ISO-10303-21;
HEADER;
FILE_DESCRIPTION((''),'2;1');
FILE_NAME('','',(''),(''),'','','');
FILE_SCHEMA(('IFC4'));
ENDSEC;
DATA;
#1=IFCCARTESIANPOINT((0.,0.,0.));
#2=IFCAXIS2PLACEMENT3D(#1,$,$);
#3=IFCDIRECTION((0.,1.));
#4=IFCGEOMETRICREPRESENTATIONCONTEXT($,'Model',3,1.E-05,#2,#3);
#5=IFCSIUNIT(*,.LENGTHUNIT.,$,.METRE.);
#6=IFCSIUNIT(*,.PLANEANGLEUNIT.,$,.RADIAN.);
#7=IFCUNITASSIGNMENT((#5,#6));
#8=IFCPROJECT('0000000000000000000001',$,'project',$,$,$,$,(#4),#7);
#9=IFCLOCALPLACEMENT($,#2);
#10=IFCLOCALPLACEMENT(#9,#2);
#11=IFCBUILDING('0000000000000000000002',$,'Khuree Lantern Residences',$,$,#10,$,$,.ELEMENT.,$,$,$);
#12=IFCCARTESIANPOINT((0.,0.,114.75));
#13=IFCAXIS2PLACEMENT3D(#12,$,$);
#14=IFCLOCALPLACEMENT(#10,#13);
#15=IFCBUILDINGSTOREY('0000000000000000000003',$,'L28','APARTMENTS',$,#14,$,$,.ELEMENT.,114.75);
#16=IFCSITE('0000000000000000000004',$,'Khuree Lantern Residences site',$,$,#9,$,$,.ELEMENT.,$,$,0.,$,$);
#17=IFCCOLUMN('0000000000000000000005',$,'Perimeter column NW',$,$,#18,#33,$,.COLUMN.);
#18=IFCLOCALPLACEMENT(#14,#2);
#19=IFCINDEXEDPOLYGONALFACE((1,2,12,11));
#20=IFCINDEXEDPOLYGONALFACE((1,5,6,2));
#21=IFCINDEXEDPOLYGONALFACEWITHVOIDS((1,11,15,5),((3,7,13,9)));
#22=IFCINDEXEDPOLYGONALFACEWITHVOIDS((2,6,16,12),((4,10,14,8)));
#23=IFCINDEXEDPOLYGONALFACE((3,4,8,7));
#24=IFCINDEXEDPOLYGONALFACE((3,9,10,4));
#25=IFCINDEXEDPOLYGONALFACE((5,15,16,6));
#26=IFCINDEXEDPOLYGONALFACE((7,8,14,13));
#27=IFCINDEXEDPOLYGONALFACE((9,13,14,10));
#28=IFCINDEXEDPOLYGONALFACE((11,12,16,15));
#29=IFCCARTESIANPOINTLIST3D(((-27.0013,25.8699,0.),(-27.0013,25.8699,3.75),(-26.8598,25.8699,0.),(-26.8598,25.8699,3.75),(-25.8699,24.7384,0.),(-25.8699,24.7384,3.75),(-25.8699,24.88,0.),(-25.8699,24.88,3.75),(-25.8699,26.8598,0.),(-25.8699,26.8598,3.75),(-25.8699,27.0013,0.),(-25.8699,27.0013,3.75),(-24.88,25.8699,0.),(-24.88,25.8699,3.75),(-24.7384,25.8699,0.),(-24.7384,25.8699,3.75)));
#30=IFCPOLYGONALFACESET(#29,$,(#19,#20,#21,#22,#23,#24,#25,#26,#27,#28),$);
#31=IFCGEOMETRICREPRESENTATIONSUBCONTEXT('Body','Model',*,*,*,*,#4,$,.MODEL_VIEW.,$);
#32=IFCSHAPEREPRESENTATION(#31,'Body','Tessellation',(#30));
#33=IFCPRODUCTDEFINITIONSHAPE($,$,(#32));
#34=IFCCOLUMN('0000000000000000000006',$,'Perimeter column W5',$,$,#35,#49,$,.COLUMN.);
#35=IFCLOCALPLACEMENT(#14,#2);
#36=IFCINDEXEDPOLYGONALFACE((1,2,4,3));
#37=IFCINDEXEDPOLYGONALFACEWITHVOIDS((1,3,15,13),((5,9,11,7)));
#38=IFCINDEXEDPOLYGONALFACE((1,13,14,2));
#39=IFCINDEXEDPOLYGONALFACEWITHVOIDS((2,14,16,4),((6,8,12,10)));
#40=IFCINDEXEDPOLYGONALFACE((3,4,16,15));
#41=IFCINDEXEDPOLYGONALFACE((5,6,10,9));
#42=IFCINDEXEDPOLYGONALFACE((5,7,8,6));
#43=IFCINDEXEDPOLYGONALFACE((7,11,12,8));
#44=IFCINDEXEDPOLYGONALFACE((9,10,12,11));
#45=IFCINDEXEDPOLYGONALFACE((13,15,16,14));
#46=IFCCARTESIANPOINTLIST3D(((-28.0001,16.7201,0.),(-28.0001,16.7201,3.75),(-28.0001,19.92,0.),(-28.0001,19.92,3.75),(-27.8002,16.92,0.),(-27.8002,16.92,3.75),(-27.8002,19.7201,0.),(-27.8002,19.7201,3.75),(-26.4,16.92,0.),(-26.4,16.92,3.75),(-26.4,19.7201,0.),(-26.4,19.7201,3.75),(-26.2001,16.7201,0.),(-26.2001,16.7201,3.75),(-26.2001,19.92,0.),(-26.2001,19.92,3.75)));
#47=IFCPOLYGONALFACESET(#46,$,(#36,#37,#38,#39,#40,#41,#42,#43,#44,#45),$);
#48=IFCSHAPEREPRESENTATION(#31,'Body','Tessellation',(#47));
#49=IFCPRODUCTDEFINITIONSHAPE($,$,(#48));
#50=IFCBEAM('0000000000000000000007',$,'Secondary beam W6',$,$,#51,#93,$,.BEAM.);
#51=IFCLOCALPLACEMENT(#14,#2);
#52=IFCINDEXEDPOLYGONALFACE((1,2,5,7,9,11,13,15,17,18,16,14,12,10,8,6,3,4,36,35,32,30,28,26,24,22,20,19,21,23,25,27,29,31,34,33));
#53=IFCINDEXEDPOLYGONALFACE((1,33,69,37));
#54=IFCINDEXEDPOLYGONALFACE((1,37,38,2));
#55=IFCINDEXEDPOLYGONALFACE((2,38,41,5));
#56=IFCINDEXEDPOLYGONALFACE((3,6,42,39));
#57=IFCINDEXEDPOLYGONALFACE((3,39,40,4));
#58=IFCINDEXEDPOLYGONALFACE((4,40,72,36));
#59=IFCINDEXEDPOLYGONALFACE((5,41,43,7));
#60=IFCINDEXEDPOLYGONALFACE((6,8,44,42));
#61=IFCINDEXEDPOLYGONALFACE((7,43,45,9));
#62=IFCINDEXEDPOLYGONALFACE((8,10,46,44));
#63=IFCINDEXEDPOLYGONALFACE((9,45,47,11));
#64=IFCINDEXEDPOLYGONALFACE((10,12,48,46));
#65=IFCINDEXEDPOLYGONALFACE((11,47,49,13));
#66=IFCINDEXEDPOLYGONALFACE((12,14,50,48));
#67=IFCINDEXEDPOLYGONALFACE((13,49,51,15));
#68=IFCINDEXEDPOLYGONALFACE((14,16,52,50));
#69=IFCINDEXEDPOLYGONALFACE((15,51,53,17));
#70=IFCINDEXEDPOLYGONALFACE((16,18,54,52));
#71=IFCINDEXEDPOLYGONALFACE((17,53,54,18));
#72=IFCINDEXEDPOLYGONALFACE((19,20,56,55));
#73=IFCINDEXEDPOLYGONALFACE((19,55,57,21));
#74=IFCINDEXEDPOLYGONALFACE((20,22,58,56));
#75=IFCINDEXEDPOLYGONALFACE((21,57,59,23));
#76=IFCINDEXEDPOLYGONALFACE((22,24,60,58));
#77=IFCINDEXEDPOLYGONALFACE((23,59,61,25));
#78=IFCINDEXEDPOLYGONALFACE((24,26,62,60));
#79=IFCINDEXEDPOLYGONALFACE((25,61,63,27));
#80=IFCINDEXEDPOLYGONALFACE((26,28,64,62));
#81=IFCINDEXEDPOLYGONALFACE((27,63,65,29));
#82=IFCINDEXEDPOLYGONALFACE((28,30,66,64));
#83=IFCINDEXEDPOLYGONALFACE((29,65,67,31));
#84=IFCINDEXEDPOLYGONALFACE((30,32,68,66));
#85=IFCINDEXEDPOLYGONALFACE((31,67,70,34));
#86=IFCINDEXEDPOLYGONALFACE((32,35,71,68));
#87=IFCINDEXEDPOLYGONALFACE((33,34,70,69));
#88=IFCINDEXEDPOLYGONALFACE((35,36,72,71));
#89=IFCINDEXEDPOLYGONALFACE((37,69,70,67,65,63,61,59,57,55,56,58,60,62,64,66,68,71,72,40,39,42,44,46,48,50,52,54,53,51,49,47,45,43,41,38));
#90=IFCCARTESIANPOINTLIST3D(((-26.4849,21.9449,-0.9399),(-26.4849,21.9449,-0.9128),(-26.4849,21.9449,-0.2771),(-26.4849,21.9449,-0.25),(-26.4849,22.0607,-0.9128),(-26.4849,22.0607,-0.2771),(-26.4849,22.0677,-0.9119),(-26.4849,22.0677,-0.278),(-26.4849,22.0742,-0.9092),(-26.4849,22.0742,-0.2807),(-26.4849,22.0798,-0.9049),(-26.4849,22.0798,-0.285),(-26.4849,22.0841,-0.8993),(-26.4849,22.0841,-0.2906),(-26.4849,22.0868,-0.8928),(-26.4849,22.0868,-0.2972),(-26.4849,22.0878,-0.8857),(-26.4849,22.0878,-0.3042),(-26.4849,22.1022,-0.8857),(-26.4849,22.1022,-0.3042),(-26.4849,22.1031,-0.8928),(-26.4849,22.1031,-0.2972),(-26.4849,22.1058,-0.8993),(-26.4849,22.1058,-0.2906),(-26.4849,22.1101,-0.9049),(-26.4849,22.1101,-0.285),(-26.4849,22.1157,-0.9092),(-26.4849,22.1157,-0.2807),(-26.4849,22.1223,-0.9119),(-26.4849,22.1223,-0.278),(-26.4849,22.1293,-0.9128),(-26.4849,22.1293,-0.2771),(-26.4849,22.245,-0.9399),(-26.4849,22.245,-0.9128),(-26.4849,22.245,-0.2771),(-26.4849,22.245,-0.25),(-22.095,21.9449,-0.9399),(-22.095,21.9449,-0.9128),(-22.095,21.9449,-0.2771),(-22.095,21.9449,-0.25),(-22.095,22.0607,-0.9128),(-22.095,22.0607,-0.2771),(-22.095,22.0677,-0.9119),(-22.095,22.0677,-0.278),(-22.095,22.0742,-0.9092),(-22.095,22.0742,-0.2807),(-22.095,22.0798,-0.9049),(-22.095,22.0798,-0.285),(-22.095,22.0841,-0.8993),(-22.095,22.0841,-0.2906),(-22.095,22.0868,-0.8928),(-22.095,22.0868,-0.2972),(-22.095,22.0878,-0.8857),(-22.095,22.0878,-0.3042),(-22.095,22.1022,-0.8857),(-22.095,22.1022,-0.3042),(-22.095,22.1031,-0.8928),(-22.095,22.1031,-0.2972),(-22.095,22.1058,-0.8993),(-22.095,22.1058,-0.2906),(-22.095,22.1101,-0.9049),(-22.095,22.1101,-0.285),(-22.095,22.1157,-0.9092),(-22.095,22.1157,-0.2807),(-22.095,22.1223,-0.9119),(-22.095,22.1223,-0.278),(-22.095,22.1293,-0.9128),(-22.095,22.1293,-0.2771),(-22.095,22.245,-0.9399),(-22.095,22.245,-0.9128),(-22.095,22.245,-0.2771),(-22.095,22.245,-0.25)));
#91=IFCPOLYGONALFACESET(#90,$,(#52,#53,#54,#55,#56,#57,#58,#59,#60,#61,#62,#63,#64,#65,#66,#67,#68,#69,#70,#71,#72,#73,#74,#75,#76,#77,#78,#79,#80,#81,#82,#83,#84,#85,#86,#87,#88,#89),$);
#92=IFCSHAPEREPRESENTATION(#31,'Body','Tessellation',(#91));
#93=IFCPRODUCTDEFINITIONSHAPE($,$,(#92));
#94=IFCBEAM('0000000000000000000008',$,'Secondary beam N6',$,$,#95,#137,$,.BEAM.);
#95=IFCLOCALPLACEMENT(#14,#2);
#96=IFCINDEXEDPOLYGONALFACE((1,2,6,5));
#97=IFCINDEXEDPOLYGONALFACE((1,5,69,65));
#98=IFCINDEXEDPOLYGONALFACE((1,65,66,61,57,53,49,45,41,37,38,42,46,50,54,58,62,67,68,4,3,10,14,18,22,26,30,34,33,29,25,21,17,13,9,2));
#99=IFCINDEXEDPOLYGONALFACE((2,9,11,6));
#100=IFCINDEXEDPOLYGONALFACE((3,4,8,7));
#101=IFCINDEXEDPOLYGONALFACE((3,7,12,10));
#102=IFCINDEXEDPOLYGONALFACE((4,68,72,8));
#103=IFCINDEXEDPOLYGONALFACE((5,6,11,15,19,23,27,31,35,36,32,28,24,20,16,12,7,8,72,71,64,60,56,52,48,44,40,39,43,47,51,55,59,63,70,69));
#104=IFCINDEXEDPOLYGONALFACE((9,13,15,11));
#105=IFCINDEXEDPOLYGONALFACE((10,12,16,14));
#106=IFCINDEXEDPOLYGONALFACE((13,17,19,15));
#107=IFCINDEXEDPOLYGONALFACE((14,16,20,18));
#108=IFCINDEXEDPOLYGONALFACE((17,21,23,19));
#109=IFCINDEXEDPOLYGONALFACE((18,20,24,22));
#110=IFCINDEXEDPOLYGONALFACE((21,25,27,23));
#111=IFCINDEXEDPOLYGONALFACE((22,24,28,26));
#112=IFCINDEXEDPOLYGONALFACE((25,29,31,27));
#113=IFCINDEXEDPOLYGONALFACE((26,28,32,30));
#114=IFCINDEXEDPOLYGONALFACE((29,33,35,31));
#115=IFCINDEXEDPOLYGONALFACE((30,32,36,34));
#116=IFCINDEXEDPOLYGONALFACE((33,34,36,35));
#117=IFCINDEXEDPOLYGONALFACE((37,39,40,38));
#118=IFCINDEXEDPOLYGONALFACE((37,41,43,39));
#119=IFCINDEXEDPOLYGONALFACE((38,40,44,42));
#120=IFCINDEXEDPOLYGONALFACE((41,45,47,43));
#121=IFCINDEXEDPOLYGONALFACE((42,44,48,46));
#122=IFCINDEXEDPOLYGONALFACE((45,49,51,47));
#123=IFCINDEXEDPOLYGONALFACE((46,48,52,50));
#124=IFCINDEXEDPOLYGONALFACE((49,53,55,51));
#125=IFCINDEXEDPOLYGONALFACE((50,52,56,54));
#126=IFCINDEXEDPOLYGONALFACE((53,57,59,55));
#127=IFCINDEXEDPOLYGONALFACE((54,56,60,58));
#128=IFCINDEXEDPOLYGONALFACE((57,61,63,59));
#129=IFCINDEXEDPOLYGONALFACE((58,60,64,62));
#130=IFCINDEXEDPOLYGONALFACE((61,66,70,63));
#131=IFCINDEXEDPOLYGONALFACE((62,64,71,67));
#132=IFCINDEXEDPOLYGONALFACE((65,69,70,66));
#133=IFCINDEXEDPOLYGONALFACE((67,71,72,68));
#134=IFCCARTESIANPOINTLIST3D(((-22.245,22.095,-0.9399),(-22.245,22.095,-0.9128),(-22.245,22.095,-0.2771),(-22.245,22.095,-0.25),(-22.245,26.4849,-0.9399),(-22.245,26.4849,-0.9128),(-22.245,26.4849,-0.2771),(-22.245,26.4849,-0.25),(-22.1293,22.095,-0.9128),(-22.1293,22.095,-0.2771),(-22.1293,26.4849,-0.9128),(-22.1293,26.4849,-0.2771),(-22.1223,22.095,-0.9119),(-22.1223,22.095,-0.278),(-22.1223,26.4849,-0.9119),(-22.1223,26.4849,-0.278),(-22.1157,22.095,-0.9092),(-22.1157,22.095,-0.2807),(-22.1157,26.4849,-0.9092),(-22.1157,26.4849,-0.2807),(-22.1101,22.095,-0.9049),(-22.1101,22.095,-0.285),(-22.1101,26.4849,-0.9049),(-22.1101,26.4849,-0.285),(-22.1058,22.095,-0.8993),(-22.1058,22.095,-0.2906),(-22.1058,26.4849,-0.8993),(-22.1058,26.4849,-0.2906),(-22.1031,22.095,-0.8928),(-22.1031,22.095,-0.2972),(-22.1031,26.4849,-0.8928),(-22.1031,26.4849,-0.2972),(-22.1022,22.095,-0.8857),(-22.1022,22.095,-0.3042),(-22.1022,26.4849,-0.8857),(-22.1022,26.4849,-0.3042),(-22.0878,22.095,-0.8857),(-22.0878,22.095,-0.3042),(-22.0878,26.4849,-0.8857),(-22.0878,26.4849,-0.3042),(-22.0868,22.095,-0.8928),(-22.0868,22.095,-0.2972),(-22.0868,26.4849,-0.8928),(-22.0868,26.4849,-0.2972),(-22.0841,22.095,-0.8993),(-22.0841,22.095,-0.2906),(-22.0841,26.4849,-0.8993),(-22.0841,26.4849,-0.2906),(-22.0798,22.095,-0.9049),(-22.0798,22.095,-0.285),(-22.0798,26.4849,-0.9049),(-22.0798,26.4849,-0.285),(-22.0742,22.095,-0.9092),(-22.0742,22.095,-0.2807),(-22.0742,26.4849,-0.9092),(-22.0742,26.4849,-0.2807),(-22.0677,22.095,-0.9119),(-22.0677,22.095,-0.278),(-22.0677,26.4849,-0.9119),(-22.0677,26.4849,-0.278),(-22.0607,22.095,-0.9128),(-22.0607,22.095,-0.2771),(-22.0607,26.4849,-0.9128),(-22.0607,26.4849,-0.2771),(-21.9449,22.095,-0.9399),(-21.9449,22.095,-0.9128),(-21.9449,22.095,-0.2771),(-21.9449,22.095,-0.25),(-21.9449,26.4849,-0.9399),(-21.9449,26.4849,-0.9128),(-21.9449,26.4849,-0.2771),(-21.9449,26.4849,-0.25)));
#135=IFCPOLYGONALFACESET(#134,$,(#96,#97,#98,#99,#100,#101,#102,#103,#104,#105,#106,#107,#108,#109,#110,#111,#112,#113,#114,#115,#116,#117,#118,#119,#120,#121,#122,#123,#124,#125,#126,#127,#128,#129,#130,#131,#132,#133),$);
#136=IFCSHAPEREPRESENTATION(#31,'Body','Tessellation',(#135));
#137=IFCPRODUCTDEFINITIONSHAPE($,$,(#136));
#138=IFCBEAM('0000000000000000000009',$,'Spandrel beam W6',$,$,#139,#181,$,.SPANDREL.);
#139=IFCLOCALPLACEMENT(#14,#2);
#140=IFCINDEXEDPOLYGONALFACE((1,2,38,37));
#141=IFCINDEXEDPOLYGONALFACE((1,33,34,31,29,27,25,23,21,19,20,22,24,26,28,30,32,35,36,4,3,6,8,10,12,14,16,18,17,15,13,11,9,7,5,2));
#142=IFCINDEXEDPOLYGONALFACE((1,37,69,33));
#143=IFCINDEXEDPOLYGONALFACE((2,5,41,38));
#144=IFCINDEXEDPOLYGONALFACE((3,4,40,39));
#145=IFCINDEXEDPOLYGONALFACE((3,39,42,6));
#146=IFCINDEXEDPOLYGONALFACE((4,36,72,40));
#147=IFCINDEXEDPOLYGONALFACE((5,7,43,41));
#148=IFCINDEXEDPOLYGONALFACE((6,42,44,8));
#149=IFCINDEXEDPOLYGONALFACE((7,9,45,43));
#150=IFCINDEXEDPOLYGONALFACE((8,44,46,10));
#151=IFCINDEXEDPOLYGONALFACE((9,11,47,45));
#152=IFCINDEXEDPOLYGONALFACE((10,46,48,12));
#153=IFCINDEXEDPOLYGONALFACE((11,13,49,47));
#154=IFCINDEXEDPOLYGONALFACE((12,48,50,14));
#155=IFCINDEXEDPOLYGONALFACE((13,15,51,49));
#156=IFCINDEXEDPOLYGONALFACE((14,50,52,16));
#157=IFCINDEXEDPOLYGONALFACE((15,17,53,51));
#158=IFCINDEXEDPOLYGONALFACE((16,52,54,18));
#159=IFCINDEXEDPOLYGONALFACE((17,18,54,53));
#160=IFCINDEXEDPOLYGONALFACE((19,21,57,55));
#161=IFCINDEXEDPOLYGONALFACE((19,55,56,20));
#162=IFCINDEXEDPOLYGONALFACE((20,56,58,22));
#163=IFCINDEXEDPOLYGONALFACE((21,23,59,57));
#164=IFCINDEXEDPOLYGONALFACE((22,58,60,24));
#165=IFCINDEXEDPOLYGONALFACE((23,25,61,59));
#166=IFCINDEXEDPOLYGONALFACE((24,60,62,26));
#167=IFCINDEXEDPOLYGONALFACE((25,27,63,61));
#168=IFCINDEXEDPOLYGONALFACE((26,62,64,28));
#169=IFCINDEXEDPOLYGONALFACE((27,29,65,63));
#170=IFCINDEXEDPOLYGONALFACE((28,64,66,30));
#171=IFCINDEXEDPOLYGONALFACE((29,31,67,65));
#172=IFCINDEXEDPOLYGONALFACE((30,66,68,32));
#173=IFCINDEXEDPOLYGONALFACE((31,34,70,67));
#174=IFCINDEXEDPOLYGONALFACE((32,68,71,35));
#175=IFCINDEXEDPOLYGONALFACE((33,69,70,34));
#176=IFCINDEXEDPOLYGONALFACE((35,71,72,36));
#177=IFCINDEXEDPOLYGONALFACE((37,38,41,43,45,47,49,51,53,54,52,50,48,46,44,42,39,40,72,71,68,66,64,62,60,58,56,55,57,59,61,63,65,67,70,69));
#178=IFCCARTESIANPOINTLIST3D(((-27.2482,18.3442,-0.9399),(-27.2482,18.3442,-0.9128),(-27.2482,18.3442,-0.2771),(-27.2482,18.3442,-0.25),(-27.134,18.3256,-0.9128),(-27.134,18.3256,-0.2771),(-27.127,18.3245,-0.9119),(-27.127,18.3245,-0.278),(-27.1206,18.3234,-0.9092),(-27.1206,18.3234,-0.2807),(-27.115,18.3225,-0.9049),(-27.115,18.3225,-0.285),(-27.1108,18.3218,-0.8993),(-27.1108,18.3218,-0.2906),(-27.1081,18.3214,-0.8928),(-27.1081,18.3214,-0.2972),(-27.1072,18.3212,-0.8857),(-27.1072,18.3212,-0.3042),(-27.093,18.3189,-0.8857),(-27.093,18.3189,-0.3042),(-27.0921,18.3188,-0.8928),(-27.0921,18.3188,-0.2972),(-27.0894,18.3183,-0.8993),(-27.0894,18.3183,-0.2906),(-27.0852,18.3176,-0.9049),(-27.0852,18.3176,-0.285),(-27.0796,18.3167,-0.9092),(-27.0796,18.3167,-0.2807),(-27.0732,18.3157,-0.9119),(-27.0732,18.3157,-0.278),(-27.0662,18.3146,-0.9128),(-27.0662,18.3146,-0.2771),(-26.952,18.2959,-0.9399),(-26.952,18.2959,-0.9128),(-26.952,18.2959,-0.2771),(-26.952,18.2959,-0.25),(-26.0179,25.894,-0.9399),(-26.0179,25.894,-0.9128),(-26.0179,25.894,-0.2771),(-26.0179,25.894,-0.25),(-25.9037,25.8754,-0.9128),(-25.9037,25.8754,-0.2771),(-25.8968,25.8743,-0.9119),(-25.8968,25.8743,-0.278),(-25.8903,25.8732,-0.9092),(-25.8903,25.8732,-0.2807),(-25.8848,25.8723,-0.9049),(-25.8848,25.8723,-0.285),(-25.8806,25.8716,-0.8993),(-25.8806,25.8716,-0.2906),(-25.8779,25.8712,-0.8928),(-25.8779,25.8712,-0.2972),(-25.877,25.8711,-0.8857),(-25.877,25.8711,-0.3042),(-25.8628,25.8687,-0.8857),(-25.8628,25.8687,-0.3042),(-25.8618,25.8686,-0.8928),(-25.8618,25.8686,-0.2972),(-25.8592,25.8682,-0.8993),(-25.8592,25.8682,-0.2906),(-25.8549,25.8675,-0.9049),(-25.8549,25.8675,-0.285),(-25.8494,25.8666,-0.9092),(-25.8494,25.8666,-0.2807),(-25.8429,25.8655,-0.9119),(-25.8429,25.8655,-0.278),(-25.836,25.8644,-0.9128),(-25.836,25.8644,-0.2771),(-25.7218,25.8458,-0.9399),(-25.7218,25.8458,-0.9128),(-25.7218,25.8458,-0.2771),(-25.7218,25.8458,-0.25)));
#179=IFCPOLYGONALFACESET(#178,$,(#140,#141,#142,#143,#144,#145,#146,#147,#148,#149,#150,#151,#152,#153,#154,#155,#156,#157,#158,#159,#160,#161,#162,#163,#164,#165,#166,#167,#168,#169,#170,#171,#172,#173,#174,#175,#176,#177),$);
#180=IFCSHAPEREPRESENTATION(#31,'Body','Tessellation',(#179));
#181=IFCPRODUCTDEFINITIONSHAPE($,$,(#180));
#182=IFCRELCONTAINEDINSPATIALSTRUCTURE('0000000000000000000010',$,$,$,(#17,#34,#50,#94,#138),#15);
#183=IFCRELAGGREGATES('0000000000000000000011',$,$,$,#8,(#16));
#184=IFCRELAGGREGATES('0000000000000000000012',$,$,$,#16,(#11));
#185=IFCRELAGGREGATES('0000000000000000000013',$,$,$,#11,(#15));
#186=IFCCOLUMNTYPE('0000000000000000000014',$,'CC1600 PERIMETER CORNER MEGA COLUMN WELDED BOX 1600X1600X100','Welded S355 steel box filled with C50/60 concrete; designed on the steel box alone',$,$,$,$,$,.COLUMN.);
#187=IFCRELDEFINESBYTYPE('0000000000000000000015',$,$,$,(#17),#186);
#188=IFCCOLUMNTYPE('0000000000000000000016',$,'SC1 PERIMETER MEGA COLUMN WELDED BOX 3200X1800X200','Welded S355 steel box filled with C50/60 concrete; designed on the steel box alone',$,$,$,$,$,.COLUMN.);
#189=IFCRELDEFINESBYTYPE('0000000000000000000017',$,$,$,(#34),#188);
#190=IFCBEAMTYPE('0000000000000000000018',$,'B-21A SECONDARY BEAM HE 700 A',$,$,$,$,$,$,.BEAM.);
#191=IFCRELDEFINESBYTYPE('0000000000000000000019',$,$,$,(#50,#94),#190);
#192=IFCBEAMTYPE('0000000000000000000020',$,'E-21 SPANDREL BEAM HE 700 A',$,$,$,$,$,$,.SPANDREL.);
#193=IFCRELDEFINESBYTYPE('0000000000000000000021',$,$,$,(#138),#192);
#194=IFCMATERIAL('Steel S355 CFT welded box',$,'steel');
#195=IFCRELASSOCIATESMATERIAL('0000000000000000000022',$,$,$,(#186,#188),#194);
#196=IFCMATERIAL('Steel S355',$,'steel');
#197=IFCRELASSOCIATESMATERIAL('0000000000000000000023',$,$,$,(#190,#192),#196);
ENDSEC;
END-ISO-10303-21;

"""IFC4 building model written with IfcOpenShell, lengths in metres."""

from ifc_helpers import new_model, si_unit, direction, frame, origin, origin_2d, place, context, subcontext, project, spatial, hollow_rectangle, i_section, extrude, material, material_profile, profile_set, type_object, element, save


model = new_model("IFC4")

# Units and contexts
model_context = context("Model", 3, precision=1e-05, world=origin(), true_north=direction((0.0, 1.0)))
body_context = subcontext(model_context, "Body", "Model", "MODEL_VIEW")
ifc_project = project(units=[si_unit("LENGTHUNIT", "METRE"), si_unit("PLANEANGLEUNIT", "RADIAN")], contexts=[model_context])

# Site, building, storey
site_placement = place(None, origin())
site = spatial("IfcSite", under=ifc_project, at=site_placement, Name="Khuree Lantern Residences site", CompositionType="ELEMENT", RefElevation=0.0)
building_placement = place(site_placement, origin())
building = spatial("IfcBuilding", under=site, at=building_placement, Name="Khuree Lantern Residences", CompositionType="ELEMENT")
storey_placement = place(building_placement, frame((0.0, 0.0, 114.75)))
storey = spatial("IfcBuildingStorey", under=building, at=storey_placement, Name="L28", Description="APARTMENTS", CompositionType="ELEMENT", Elevation=114.75)

# Columns
ifc_material_1 = material(Name="Steel S355 CFT welded box", Category="steel")
ifc_material_profile_1 = material_profile(ifc_material_1, hollow_rectangle(XDim=1.6001, YDim=1.6001, WallThickness=0.1001, at=origin_2d()), Name="WELDED BOX 1600X1600X100")
ifc_profile_set_1 = profile_set([ifc_material_profile_1], Name="Steel S355 CFT welded box")
column_type_1 = type_object("IfcColumnType", Name="CC1600 PERIMETER CORNER MEGA COLUMN WELDED BOX 1600X1600X100", Description="Welded S355 steel box filled with C50/60 concrete; designed on the steel box alone", PredefinedType="COLUMN", material=ifc_profile_set_1)
column_1_placement = place(storey_placement, frame((-25.8699, 25.8699, 0.0), z_axis=(0.0, 0.0, 1.0), x_axis=(0.707107, 0.707107, 0.0)))
element("IfcColumn", 1, at=column_1_placement, inside=storey, type_object=column_type_1, Name="Perimeter column NW", PredefinedType="COLUMN", context=body_context, shape_type="SweptSolid", body=[
    extrude(hollow_rectangle(XDim=1.6001, YDim=1.6001, WallThickness=0.1001, at=origin_2d()), origin(), (0.0, 0.0, 1.0), 3.75),
])
ifc_material_profile_2 = material_profile(ifc_material_1, hollow_rectangle(XDim=3.2, YDim=1.8, WallThickness=0.2, at=origin_2d()), Name="WELDED BOX 3200X1800X200")
ifc_profile_set_2 = profile_set([ifc_material_profile_2], Name="Steel S355 CFT welded box")
column_type_2 = type_object("IfcColumnType", Name="SC1 PERIMETER MEGA COLUMN WELDED BOX 3200X1800X200", Description="Welded S355 steel box filled with C50/60 concrete; designed on the steel box alone", PredefinedType="COLUMN", material=ifc_profile_set_2)
column_2_placement = place(storey_placement, frame((-27.1001, 18.3201, 0.0), z_axis=(0.0, 0.0, 1.0), x_axis=(0.0, 1.0, 0.0)))
element("IfcColumn", 2, at=column_2_placement, inside=storey, type_object=column_type_2, Name="Perimeter column W5", PredefinedType="COLUMN", context=body_context, shape_type="SweptSolid", body=[
    extrude(hollow_rectangle(XDim=3.2, YDim=1.8, WallThickness=0.2, at=origin_2d()), origin(), (0.0, 0.0, 1.0), 3.75),
])

# Beams
ifc_material_2 = material(Name="Steel S355", Category="steel")
ifc_material_profile_3 = material_profile(ifc_material_2, i_section(OverallWidth=0.3, OverallDepth=0.6899, WebThickness=0.0144, FlangeThickness=0.0271, FilletRadius=0.0271, at=origin_2d()), Name="HE 700 A")
ifc_profile_set_3 = profile_set([ifc_material_profile_3], Name="Steel S355")
beam_type_1 = type_object("IfcBeamType", Name="B-21A SECONDARY BEAM HE 700 A", PredefinedType="BEAM", material=ifc_profile_set_3)
for number, where, z_axis, x_axis, name in (
    (3, (-26.4849, 22.095, -0.595), (1.0, 0.0, 0.0), (0.0, 1.0, 0.0), "Secondary beam W6"),
    (4, (-22.095, 26.4849, -0.595), (0.0, -1.0, 0.0), (1.0, 0.0, 0.0), "Secondary beam N6"),
):
    element("IfcBeam", number, at=place(storey_placement, frame(where, z_axis=z_axis, x_axis=x_axis)), inside=storey, type_object=beam_type_1, Name=name, PredefinedType="BEAM", context=body_context, shape_type="SweptSolid", body=[
        extrude(i_section(OverallWidth=0.3, OverallDepth=0.6899, WebThickness=0.0144, FlangeThickness=0.0271, FilletRadius=0.0271, at=origin_2d()), origin(), (0.0, 0.0, 1.0), 4.3899),
    ])
ifc_material_profile_4 = material_profile(ifc_material_2, i_section(OverallWidth=0.3, OverallDepth=0.6899, WebThickness=0.0144, FlangeThickness=0.0271, FilletRadius=0.0271, at=origin_2d()), Name="HE 700 A")
ifc_profile_set_4 = profile_set([ifc_material_profile_4], Name="Steel S355")
beam_type_2 = type_object("IfcBeamType", Name="E-21 SPANDREL BEAM HE 700 A", PredefinedType="SPANDREL", material=ifc_profile_set_4)
for number, where, z_axis, x_axis, name in (
    (5, (-27.1001, 18.3201, -0.595), (0.160827, 0.986983, 0.0), (-0.986983, 0.160827, 0.0), "Spandrel beam W6"),
):
    element("IfcBeam", number, at=place(storey_placement, frame(where, z_axis=z_axis, x_axis=x_axis)), inside=storey, type_object=beam_type_2, Name=name, PredefinedType="SPANDREL", context=body_context, shape_type="SweptSolid", body=[
        extrude(i_section(OverallWidth=0.3, OverallDepth=0.6899, WebThickness=0.0144, FlangeThickness=0.0271, FilletRadius=0.0271, at=origin_2d()), origin(), (0.0, 0.0, 1.0), 7.6494),
    ])

save(model, "model.ifc")
